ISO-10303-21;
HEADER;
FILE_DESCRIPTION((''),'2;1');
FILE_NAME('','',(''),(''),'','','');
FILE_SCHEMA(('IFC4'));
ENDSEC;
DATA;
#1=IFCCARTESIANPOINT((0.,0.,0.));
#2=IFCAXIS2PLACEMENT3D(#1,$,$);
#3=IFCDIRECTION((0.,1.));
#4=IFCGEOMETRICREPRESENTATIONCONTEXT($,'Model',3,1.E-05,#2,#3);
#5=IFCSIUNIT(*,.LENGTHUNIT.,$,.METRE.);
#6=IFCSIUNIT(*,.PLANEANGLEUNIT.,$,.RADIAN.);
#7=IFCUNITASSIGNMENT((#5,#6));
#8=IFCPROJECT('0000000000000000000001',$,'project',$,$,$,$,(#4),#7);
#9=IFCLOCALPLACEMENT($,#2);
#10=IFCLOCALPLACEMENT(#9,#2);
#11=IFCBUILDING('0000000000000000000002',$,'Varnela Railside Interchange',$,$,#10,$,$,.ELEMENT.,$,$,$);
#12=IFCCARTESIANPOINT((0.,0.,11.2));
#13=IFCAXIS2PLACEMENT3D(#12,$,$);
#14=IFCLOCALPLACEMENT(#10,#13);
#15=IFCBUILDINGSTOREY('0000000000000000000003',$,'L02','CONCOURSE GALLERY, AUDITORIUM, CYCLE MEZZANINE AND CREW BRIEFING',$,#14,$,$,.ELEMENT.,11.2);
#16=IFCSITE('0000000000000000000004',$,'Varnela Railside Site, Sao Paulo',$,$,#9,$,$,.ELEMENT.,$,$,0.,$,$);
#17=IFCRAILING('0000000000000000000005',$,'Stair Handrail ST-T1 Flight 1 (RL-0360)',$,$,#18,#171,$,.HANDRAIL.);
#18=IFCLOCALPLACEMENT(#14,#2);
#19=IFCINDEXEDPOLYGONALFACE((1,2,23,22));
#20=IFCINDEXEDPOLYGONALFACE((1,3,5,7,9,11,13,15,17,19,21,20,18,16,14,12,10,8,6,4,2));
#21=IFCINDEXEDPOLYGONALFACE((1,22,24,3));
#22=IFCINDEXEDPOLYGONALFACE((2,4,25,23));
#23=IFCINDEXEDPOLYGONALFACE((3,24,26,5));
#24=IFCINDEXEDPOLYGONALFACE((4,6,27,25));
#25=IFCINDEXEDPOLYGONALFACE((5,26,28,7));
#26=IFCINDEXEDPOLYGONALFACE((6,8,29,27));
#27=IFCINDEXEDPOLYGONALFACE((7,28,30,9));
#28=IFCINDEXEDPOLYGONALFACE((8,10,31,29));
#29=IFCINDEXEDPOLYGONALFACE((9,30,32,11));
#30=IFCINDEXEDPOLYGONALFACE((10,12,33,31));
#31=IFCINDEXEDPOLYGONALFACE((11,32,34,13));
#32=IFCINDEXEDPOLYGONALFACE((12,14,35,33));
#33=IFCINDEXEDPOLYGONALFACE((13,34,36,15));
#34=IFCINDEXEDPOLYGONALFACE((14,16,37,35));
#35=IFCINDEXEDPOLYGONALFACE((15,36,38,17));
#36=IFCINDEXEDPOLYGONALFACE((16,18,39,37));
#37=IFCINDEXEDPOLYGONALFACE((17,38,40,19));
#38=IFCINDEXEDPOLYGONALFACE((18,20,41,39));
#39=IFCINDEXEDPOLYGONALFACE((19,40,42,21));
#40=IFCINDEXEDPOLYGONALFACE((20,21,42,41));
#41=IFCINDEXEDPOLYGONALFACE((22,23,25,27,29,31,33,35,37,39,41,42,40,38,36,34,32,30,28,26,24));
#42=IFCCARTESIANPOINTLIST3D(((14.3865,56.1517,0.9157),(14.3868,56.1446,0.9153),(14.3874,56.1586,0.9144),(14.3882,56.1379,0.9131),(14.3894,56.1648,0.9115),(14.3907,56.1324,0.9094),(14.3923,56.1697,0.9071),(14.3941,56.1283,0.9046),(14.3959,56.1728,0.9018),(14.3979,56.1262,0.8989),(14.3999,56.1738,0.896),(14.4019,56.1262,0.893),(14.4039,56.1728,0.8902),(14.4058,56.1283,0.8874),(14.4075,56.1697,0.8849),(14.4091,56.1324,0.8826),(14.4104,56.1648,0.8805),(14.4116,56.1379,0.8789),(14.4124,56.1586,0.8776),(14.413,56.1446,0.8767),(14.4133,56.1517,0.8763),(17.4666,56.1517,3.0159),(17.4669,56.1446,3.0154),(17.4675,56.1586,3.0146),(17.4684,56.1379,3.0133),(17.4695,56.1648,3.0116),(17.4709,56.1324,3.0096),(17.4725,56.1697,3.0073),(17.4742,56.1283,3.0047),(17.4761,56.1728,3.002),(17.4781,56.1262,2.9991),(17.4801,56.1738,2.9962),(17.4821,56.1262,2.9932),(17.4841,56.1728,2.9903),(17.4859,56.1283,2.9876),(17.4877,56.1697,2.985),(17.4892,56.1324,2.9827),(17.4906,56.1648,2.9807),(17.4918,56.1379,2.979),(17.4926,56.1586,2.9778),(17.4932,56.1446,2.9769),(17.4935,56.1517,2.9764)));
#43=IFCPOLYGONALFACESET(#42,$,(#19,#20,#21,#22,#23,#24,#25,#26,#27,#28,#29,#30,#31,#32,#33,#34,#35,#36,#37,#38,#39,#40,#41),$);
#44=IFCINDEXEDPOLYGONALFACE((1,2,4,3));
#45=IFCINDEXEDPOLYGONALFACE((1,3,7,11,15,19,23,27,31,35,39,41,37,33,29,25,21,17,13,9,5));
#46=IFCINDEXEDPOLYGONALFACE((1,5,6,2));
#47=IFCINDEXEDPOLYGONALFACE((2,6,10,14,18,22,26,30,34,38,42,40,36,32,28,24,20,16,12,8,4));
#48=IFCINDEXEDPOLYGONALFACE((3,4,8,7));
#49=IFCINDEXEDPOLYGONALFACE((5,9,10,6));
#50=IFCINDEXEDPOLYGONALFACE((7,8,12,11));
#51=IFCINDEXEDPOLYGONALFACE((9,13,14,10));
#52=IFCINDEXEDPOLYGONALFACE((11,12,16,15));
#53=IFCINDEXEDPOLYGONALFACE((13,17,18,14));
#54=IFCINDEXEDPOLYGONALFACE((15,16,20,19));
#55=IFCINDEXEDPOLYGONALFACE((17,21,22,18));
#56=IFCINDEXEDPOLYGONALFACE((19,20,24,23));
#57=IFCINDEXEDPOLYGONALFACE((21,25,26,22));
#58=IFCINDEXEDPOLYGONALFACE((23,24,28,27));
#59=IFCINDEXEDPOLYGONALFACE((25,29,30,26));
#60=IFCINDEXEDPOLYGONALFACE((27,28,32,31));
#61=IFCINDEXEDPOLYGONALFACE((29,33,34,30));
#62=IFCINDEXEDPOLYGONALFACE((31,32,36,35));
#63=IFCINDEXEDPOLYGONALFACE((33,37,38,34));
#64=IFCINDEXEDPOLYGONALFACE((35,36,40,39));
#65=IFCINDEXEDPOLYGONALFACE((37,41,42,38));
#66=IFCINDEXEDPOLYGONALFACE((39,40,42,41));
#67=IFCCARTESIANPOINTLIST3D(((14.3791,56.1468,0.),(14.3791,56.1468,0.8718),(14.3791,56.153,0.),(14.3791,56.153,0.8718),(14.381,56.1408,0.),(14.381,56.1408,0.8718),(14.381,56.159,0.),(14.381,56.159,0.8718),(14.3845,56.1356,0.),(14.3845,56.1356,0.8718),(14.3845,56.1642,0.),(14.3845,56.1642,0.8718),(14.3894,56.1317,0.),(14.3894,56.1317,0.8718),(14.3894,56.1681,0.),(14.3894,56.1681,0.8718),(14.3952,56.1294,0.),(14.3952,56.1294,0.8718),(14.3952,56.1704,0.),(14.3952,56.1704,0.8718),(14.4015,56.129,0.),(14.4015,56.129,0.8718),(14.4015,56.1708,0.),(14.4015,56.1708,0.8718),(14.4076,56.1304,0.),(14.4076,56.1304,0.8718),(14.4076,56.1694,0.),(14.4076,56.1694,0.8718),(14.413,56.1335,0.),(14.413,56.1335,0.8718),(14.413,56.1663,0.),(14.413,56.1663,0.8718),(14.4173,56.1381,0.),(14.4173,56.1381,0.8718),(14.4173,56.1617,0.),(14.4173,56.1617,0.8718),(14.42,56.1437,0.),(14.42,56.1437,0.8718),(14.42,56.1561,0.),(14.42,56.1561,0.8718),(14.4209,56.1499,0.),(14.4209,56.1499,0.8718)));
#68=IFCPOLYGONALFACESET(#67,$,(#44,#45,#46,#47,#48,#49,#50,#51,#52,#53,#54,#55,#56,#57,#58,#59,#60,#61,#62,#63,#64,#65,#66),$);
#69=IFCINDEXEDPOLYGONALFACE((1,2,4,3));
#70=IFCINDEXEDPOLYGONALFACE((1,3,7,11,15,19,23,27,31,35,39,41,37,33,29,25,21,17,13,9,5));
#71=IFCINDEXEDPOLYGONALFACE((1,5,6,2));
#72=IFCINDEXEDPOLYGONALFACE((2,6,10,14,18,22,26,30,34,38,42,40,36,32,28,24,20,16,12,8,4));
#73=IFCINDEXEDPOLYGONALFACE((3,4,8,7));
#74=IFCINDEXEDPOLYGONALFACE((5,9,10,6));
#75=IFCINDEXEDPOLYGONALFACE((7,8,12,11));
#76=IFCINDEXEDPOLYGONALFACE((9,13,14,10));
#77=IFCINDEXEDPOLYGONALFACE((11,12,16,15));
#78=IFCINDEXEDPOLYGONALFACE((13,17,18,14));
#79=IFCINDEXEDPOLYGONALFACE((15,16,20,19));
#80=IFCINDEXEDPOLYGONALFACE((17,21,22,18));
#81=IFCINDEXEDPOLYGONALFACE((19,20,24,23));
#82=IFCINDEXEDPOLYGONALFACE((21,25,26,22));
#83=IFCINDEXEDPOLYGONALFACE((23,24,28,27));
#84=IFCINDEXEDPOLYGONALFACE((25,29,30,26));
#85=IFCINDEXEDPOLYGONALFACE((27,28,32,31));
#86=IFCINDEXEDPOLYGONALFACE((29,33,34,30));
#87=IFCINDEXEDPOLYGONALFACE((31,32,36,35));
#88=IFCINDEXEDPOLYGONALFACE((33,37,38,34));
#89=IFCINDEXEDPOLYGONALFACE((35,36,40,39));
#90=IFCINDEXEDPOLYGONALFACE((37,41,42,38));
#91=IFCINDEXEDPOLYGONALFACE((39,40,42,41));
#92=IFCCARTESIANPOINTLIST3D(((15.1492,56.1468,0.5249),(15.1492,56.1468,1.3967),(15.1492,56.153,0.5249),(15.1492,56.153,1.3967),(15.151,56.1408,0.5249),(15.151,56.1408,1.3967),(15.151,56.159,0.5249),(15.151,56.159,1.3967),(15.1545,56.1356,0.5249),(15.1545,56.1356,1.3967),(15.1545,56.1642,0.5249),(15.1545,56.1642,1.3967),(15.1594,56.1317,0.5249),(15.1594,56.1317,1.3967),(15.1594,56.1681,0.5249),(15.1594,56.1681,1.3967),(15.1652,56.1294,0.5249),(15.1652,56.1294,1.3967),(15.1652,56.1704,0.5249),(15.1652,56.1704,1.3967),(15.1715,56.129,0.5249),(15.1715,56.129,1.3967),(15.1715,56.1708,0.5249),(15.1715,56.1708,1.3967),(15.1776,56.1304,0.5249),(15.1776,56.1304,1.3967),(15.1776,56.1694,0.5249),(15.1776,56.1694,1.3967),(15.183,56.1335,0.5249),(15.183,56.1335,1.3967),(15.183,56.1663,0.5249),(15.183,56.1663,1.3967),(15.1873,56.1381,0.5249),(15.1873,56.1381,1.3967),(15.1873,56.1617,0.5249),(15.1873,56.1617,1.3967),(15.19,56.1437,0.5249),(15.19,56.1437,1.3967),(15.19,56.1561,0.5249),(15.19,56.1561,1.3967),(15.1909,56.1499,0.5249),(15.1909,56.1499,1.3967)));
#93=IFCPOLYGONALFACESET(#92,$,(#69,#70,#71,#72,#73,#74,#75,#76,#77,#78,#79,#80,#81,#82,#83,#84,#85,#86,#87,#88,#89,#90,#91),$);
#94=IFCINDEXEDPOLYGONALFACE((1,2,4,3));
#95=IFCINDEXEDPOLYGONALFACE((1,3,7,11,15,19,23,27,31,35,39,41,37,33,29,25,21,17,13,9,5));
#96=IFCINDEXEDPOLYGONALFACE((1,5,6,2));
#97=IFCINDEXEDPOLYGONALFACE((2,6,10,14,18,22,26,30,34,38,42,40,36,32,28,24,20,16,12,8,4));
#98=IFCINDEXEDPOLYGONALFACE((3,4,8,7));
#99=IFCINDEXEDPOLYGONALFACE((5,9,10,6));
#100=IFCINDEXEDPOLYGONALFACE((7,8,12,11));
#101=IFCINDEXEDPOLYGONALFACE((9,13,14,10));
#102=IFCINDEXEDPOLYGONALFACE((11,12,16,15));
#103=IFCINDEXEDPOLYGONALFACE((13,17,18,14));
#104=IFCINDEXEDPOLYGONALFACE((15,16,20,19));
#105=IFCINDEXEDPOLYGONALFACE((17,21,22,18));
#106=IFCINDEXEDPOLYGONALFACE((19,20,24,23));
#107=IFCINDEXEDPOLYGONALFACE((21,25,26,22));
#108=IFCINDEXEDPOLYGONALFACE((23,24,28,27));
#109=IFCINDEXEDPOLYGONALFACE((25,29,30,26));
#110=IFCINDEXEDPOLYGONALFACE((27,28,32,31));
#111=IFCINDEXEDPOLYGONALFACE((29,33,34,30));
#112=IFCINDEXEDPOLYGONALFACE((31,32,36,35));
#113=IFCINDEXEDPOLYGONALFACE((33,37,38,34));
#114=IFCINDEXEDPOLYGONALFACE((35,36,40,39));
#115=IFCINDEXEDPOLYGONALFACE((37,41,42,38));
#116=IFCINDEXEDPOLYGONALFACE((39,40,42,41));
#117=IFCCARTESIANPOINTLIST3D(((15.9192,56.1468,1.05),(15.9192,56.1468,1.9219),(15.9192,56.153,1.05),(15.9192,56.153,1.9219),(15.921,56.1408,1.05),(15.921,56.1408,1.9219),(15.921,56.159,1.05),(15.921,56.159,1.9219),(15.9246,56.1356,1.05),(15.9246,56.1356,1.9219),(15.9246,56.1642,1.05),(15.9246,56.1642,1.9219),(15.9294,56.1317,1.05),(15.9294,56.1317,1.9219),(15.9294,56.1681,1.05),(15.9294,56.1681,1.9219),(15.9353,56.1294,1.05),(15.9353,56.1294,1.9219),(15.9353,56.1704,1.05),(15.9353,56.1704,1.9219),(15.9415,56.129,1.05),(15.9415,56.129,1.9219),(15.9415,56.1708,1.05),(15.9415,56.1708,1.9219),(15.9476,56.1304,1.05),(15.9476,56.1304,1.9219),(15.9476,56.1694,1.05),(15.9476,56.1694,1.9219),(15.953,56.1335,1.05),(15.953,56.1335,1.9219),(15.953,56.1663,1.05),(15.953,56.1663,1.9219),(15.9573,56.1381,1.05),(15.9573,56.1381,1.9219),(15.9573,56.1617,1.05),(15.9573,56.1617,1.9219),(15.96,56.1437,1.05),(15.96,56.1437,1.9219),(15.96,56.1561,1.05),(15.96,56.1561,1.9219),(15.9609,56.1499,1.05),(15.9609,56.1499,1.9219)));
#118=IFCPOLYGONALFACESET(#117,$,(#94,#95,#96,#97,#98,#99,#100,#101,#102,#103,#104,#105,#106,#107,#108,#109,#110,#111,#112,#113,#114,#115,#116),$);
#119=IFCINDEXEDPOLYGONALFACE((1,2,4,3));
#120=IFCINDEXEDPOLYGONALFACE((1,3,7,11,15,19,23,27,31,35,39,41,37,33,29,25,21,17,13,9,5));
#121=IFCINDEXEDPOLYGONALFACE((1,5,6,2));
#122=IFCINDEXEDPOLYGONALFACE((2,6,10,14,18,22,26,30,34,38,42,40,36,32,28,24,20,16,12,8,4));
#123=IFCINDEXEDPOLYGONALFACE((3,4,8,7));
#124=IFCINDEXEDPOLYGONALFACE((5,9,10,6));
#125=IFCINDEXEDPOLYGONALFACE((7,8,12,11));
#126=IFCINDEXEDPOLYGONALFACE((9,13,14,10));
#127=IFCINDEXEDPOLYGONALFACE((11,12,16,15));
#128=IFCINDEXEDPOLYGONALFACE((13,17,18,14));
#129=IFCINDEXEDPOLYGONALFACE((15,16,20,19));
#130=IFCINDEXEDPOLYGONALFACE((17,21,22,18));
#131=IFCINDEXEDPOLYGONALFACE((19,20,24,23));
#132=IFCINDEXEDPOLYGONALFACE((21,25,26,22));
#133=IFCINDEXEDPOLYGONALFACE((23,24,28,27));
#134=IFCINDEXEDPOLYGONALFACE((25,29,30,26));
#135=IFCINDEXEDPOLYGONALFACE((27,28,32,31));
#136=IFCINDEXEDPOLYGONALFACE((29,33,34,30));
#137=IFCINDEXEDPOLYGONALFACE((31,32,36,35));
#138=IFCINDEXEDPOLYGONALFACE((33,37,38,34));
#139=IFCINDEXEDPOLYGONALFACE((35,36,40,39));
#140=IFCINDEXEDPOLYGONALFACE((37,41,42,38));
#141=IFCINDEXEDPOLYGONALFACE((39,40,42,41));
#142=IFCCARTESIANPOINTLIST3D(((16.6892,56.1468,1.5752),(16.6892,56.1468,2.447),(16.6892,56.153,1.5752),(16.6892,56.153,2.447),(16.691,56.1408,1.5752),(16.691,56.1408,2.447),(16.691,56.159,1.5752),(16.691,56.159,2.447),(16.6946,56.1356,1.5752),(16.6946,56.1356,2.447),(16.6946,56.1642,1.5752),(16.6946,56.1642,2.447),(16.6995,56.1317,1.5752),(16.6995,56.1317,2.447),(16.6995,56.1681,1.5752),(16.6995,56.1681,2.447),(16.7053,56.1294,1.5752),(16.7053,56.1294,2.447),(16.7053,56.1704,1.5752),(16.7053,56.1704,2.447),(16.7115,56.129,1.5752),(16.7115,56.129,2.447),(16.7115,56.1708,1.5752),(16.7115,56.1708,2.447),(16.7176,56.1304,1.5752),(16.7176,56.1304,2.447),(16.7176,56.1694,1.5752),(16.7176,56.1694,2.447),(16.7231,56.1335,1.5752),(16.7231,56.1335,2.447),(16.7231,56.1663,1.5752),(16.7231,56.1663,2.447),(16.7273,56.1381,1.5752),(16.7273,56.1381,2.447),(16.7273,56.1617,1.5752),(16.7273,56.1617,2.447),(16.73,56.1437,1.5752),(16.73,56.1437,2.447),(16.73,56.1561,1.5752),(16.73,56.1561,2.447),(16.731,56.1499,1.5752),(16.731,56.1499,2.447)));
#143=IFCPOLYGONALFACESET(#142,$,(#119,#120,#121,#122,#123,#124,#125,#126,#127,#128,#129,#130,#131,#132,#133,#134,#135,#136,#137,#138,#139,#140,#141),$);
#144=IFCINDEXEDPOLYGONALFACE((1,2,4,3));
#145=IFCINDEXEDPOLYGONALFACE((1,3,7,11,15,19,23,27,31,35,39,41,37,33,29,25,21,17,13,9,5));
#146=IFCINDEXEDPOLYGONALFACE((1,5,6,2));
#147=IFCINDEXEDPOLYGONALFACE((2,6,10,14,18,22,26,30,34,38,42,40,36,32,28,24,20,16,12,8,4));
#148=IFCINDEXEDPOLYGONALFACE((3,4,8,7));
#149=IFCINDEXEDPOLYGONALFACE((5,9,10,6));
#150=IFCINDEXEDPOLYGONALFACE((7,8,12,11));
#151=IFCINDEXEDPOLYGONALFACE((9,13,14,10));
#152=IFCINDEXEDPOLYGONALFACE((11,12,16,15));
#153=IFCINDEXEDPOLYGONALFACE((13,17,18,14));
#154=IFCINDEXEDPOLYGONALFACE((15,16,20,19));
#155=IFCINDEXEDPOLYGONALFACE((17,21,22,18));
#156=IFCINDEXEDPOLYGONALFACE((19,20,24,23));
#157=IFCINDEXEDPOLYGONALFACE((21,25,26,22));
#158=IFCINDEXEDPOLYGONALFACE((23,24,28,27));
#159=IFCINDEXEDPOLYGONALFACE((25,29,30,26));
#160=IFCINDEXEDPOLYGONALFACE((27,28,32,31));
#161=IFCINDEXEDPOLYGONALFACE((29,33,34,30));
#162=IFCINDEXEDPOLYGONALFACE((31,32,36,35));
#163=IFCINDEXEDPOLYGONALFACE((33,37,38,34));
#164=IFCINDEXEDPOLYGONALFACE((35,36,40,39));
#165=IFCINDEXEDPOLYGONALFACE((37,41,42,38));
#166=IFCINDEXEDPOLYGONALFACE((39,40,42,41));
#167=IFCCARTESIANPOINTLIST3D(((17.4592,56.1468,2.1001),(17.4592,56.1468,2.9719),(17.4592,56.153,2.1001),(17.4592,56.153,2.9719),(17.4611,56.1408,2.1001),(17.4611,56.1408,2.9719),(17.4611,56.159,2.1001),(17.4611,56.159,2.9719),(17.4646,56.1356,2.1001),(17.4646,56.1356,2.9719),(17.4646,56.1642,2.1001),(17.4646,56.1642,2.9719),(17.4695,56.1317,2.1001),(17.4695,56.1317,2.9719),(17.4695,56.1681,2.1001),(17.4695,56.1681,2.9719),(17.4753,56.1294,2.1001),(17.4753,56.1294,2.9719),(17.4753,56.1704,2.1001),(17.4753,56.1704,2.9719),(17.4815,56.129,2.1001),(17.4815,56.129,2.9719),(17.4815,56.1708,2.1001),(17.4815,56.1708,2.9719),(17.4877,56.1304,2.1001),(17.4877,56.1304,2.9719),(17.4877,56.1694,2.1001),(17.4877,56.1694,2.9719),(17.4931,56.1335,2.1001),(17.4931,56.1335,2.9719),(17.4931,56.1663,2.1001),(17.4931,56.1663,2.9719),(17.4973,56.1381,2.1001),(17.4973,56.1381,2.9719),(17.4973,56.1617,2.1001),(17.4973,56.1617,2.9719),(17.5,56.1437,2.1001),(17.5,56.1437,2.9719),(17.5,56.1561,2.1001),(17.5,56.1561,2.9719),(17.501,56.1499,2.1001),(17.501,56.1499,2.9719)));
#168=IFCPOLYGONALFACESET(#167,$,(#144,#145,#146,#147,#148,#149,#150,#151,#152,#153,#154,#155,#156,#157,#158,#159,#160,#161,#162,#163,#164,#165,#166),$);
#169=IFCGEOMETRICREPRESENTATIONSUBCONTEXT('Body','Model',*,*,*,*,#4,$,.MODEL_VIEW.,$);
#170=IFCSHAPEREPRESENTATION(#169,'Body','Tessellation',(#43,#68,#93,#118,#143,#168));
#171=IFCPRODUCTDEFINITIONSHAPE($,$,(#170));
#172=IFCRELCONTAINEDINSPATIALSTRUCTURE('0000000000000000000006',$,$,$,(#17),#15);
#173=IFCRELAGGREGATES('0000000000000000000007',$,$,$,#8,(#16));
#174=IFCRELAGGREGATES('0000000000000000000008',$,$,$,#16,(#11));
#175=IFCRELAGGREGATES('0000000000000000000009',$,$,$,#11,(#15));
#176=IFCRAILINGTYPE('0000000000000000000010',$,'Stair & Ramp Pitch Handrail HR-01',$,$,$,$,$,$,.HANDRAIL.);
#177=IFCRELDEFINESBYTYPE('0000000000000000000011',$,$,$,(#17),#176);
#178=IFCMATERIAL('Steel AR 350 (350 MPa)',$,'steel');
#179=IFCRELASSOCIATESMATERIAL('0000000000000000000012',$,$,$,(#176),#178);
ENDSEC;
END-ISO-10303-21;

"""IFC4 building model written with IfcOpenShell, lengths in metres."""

from ifc_helpers import new_model, si_unit, direction, frame, origin, origin_2d, place, context, subcontext, project, spatial, circle, extrude, material, type_object, element, save


model = new_model("IFC4")

# Units and contexts
model_context = context("Model", 3, precision=1e-05, world=origin(), true_north=direction((0.0, 1.0)))
body_context = subcontext(model_context, "Body", "Model", "MODEL_VIEW")
ifc_project = project(units=[si_unit("LENGTHUNIT", "METRE"), si_unit("PLANEANGLEUNIT", "RADIAN")], contexts=[model_context])

# Site, building, storey
site_placement = place(None, origin())
site = spatial("IfcSite", under=ifc_project, at=site_placement, Name="Varnela Railside Site, Sao Paulo", CompositionType="ELEMENT", RefElevation=0.0)
building_placement = place(site_placement, origin())
building = spatial("IfcBuilding", under=site, at=building_placement, Name="Varnela Railside Interchange", CompositionType="ELEMENT")
storey_placement = place(building_placement, frame((0.0, 0.0, 11.2)))
storey = spatial("IfcBuildingStorey", under=building, at=storey_placement, Name="L02", Description="CONCOURSE GALLERY, AUDITORIUM, CYCLE MEZZANINE AND CREW BRIEFING", CompositionType="ELEMENT", Elevation=11.2)

# Shared definitions
ifc_material_1 = material(Name="Steel AR 350 (350 MPa)", Category="steel")

# Railing
railing_type_1 = type_object("IfcRailingType", Name="Stair & Ramp Pitch Handrail HR-01", PredefinedType="HANDRAIL", material=ifc_material_1)
railing_1_placement = place(storey_placement, frame((14.3999, 56.1499, 0.0)))
element("IfcRailing", 1, at=railing_1_placement, inside=storey, type_object=railing_type_1, Name="Stair Handrail ST-T1 Flight 1 (RL-0360)", PredefinedType="HANDRAIL", context=body_context, shape_type="SweptSolid", body=[
    extrude(circle(Radius=0.0239, at=origin_2d()), frame((0.0, 0.0, 0.896), z_axis=(0.826222, 0.0, 0.563345), x_axis=(0.0, 1.0, 0.0)), (0.0, 0.0, 1.0), 3.728),
    extrude(circle(Radius=0.021, at=origin_2d()), origin(), (0.0, 0.0, 1.0), 0.8718),
    extrude(circle(Radius=0.021, at=origin_2d()), frame((0.77, 0.0, 0.5249)), (0.0, 0.0, 1.0), 0.8718),
    extrude(circle(Radius=0.021, at=origin_2d()), frame((1.54, 0.0, 1.05)), (0.0, 0.0, 1.0), 0.8718),
    extrude(circle(Radius=0.021, at=origin_2d()), frame((2.3101, 0.0, 1.5752)), (0.0, 0.0, 1.0), 0.8718),
    extrude(circle(Radius=0.021, at=origin_2d()), frame((3.0801, 0.0, 2.1001)), (0.0, 0.0, 1.0), 0.8718),
])

save(model, "model.ifc")
